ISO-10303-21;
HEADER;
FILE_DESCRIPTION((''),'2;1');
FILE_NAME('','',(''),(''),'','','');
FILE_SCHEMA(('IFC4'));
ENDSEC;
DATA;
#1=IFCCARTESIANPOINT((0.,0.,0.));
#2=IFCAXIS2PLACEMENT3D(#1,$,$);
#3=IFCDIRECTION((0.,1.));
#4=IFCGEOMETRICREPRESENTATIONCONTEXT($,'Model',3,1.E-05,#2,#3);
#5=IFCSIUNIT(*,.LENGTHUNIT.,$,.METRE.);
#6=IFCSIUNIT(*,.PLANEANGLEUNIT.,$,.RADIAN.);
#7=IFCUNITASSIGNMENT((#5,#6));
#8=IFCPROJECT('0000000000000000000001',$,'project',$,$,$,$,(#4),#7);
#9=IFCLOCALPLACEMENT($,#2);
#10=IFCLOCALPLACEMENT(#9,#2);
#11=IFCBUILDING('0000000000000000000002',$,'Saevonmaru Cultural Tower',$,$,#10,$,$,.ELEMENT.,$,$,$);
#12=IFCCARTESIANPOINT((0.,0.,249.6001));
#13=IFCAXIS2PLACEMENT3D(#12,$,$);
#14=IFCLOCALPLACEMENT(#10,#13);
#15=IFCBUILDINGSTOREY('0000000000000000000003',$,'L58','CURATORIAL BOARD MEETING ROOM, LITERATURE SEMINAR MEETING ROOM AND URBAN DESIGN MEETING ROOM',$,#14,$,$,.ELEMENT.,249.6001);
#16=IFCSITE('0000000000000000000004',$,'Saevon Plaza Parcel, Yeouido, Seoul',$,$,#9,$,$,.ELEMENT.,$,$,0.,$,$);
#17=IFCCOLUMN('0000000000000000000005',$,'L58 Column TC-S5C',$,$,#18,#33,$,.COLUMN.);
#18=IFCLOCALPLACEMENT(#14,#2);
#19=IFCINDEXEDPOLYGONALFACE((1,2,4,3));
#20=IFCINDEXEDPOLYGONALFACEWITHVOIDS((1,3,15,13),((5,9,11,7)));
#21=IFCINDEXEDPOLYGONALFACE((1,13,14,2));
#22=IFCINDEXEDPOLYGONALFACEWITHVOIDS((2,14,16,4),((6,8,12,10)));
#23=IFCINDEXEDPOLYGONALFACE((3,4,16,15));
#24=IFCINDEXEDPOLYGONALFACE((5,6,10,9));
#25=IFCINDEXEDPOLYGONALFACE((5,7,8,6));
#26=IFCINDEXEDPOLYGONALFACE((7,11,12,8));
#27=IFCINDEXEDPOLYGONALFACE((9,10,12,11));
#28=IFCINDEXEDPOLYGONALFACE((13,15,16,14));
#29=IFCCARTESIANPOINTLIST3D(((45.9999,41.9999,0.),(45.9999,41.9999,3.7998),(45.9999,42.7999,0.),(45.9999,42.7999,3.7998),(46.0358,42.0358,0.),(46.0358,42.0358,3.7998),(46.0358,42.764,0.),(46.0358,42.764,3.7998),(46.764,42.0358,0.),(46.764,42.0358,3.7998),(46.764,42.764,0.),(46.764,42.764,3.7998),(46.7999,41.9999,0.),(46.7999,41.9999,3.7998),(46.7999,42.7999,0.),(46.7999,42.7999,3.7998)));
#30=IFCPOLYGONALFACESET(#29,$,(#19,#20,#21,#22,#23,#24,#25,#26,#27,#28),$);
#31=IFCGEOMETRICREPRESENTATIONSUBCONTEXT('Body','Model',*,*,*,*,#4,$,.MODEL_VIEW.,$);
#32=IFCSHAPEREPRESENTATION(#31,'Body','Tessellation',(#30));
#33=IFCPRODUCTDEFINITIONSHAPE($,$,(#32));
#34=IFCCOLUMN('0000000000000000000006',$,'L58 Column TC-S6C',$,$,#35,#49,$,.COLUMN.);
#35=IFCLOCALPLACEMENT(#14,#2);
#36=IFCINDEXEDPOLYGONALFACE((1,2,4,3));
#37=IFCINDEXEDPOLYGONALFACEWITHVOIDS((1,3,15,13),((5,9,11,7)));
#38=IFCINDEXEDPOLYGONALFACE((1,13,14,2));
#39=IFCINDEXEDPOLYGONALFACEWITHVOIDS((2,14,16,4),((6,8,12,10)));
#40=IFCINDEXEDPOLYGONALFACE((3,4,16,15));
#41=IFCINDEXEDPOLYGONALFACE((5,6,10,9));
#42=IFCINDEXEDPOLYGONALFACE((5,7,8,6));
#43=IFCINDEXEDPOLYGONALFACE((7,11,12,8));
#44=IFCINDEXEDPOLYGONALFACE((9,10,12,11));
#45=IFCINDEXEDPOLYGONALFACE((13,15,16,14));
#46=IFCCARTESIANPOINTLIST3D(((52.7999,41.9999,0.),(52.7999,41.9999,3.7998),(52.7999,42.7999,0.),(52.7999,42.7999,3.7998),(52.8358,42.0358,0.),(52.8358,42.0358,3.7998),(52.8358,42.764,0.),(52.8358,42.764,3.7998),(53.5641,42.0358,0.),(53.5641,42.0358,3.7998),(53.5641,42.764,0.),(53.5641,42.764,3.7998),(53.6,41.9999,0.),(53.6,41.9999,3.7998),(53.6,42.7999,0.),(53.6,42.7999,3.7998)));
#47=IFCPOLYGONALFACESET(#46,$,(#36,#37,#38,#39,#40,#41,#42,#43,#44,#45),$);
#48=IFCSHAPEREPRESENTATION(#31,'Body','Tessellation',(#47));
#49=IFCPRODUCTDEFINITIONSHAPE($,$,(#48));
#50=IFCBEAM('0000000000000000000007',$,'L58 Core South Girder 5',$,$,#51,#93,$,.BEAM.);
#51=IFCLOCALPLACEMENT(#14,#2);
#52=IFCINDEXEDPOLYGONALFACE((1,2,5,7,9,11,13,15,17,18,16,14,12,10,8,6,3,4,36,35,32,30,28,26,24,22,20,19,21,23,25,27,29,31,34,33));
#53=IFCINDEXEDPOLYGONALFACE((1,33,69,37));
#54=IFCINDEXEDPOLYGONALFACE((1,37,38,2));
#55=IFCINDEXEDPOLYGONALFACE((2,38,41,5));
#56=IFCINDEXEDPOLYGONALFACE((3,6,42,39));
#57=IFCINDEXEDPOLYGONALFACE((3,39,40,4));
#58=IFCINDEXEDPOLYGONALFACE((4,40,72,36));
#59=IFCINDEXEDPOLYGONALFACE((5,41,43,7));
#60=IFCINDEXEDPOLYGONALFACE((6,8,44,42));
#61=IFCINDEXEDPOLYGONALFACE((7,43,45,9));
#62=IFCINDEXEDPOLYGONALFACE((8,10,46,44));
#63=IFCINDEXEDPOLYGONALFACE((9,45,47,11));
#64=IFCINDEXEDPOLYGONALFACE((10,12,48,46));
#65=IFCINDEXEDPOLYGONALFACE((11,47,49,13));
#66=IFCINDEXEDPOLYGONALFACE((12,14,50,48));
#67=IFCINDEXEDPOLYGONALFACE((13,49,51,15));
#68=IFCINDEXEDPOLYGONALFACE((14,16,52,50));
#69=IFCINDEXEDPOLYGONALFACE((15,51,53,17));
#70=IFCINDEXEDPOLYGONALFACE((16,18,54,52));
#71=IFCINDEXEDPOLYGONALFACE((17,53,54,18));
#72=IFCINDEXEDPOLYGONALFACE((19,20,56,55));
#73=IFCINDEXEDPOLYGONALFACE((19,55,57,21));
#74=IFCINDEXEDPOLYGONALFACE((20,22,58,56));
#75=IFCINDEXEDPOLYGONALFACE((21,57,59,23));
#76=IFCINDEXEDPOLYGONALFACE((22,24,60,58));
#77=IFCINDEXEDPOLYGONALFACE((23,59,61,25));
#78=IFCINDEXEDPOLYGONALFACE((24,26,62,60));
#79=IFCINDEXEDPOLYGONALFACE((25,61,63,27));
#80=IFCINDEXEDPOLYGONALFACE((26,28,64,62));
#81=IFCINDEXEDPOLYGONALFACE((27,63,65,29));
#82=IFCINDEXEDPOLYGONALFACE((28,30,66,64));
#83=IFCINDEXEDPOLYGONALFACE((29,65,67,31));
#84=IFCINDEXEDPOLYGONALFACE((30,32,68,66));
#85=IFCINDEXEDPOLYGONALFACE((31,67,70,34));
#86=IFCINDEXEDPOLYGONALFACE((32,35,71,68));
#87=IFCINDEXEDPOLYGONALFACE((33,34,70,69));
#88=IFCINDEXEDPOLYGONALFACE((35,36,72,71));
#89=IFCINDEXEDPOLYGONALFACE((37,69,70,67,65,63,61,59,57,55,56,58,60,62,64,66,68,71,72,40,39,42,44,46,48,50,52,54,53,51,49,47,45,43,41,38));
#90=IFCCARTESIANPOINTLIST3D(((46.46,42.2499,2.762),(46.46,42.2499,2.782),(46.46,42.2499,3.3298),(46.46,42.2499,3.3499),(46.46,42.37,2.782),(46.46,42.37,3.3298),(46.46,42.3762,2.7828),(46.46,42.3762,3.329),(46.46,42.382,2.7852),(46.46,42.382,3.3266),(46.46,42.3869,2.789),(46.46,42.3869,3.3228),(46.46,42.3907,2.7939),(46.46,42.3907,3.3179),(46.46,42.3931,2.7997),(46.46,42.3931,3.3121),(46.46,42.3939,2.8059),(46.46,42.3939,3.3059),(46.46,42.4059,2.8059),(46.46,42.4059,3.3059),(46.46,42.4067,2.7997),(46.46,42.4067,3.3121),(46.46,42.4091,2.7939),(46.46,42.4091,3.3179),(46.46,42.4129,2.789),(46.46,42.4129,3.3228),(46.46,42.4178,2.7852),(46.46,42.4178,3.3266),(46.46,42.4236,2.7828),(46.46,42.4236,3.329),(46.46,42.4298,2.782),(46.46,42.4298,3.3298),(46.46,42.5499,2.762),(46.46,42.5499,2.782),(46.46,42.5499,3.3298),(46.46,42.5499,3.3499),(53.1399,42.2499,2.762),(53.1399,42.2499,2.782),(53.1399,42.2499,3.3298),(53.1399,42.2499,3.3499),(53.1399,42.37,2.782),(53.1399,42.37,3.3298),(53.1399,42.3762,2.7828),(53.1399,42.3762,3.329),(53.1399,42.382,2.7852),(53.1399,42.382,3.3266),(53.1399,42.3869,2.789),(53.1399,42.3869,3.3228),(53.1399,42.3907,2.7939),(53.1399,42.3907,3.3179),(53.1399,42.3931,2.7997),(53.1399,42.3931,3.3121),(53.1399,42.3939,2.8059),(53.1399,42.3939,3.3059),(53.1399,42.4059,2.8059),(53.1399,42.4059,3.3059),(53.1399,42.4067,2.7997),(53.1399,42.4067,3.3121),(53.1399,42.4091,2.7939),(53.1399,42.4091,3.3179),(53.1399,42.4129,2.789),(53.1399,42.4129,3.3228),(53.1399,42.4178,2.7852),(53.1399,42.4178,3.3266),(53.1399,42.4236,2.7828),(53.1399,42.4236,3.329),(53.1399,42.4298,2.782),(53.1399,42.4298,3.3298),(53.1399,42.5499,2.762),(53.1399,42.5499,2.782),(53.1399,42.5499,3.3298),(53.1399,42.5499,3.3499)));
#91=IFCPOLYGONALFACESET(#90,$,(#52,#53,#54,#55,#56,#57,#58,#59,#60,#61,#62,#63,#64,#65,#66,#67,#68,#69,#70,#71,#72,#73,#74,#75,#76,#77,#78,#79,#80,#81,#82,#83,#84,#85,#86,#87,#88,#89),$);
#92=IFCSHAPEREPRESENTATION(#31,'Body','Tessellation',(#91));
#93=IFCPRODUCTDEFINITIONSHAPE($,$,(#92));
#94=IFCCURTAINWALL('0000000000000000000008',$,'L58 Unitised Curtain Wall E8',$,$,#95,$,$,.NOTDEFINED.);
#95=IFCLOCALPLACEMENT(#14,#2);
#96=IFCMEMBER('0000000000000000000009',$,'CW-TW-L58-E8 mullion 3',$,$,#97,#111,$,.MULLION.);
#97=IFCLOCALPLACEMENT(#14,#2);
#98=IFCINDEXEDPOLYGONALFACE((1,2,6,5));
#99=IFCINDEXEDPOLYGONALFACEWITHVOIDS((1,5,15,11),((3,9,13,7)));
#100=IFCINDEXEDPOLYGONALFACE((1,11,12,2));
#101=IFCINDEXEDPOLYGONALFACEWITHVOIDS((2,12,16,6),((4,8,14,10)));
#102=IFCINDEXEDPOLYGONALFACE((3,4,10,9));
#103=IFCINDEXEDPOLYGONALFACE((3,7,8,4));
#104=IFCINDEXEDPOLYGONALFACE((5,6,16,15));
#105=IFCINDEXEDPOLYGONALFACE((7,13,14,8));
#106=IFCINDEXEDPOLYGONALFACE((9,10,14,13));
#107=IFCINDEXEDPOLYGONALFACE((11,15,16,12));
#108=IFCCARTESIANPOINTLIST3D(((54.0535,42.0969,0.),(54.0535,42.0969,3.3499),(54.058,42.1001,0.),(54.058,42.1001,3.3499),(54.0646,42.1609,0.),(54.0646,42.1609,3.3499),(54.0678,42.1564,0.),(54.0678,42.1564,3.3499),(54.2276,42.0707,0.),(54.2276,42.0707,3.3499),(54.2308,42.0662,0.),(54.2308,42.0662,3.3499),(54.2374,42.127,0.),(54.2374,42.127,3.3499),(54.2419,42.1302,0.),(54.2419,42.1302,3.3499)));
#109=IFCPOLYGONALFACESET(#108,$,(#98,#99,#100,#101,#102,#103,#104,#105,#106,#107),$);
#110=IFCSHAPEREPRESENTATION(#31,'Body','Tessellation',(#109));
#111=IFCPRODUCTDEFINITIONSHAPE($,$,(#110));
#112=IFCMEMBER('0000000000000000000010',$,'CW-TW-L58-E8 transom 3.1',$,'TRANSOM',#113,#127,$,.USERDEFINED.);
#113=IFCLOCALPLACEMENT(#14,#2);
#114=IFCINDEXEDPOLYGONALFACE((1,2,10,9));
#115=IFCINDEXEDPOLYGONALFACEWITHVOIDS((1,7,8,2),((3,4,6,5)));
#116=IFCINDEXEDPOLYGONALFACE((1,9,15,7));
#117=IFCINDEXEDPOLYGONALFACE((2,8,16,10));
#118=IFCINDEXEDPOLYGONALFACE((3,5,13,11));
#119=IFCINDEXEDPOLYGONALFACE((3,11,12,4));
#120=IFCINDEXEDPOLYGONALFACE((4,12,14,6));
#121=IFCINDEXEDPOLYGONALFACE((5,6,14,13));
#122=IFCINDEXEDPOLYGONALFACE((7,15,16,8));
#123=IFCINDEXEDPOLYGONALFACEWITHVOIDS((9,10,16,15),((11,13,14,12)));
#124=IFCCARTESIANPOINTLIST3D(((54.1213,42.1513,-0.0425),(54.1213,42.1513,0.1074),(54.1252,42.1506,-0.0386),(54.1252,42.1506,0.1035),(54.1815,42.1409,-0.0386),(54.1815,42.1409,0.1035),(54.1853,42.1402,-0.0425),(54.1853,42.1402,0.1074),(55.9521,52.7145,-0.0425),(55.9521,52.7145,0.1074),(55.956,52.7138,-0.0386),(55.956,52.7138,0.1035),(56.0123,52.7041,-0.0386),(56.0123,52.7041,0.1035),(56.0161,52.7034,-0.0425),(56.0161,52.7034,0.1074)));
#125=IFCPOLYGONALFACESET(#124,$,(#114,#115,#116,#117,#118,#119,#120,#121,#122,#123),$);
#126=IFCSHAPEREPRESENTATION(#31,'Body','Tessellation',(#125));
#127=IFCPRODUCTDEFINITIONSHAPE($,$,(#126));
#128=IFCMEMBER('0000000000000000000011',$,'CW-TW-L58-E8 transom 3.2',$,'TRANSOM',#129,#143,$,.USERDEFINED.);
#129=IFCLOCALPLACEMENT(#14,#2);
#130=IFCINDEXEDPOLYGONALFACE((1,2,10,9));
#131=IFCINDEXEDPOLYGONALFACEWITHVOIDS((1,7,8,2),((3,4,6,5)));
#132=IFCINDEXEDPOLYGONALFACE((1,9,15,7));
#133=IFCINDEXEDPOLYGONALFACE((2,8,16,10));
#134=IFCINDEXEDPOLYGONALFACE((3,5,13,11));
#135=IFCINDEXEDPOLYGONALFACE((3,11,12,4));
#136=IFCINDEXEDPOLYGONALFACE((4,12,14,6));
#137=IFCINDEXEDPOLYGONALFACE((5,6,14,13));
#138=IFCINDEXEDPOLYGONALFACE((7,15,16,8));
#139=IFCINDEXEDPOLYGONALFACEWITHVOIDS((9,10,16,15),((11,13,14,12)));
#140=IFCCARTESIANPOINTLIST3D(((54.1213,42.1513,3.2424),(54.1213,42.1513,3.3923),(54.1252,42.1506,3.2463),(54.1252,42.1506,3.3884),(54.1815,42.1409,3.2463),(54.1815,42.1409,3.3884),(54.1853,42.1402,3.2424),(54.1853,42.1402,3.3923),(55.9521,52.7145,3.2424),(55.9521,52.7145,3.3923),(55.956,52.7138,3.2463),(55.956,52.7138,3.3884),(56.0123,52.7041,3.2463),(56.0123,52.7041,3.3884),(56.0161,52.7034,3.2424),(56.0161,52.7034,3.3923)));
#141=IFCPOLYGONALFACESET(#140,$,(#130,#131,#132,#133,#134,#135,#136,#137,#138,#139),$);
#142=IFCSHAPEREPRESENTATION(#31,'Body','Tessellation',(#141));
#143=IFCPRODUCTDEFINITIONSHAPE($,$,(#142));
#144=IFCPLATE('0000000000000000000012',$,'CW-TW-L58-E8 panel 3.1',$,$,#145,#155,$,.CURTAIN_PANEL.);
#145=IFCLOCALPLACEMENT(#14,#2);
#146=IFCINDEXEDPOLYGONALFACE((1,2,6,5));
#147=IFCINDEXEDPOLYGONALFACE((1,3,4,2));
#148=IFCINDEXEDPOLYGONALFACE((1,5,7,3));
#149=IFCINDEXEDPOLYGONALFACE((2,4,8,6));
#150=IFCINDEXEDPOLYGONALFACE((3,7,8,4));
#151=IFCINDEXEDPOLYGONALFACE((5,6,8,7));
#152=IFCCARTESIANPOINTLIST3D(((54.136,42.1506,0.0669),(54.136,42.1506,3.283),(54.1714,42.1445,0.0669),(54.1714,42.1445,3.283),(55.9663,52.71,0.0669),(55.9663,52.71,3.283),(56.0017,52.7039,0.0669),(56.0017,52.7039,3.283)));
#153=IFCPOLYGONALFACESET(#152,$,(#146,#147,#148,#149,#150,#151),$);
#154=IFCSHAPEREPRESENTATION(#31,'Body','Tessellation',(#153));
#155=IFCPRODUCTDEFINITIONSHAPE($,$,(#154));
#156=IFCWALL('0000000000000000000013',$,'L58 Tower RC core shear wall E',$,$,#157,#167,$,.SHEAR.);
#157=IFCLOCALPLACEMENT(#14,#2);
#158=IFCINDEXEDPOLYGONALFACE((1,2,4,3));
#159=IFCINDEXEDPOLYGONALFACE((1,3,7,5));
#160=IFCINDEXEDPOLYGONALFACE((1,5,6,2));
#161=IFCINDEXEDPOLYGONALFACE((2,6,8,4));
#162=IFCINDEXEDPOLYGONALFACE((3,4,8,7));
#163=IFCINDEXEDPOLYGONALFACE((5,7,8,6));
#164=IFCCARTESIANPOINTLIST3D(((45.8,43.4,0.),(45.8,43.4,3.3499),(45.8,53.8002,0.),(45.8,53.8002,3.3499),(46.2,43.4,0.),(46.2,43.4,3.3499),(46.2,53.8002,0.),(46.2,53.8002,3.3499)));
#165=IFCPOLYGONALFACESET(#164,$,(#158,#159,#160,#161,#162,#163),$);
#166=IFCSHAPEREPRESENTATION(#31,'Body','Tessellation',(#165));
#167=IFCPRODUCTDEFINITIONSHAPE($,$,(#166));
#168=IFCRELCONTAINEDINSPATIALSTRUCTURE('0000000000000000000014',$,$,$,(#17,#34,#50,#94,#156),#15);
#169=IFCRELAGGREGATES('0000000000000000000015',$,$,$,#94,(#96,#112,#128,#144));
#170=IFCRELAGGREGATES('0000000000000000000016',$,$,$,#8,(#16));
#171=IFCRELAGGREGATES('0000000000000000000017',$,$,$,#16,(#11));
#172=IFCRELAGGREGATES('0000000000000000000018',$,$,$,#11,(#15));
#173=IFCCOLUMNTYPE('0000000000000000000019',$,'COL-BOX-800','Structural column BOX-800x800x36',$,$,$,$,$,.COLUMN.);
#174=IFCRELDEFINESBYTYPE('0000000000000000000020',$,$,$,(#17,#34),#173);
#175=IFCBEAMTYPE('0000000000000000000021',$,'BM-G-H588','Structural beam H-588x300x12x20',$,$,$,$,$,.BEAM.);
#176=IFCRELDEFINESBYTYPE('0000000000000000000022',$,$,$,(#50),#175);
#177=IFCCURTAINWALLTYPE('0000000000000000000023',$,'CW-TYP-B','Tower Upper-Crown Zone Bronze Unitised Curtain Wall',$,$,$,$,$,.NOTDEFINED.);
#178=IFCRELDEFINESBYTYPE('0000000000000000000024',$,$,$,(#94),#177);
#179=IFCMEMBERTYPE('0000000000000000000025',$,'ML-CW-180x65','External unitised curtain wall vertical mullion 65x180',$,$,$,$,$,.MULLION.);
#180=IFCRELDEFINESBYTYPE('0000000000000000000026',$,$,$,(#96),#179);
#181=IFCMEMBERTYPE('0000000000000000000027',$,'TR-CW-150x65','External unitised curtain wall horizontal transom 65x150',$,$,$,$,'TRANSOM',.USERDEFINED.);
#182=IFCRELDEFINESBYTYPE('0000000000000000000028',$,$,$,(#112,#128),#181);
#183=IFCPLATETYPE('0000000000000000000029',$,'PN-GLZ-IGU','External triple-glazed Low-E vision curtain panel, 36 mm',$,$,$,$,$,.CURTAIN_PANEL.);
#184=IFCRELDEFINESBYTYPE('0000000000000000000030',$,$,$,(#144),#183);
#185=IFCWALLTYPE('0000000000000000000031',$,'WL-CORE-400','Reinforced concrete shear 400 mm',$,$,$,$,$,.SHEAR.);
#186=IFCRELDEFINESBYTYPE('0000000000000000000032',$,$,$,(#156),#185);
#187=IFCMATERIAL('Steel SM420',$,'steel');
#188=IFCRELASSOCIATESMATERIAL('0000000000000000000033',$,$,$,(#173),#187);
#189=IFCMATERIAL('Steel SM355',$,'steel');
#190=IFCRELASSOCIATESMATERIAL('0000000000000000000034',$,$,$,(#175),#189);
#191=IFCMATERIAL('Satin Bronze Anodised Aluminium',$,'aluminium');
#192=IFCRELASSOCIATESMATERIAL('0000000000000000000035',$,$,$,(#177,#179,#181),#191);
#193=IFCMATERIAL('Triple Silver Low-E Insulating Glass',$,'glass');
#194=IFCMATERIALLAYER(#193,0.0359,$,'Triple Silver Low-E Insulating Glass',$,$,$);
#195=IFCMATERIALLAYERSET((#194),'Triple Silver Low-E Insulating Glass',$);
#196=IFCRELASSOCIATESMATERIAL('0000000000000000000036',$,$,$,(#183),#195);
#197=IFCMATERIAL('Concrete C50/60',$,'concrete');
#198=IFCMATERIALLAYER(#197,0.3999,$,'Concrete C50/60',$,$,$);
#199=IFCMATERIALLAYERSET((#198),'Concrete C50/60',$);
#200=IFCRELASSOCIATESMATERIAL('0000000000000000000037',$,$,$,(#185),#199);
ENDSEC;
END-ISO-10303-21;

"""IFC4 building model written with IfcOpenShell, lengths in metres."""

from ifc_helpers import new_model, si_unit, direction, frame, frame_2d, origin, origin_2d, place, context, subcontext, project, spatial, rectangle, hollow_rectangle, i_section, extrude, material, layer, layer_set, material_profile, profile_set, type_object, element, aggregate, save


model = new_model("IFC4")

# Units and contexts
model_context = context("Model", 3, precision=1e-05, world=origin(), true_north=direction((0.0, 1.0)))
body_context = subcontext(model_context, "Body", "Model", "MODEL_VIEW")
ifc_project = project(units=[si_unit("LENGTHUNIT", "METRE"), si_unit("PLANEANGLEUNIT", "RADIAN")], contexts=[model_context])

# Site, building, storey
site_placement = place(None, origin())
site = spatial("IfcSite", under=ifc_project, at=site_placement, Name="Saevon Plaza Parcel, Yeouido, Seoul", CompositionType="ELEMENT", RefElevation=0.0)
building_placement = place(site_placement, origin())
building = spatial("IfcBuilding", under=site, at=building_placement, Name="Saevonmaru Cultural Tower", CompositionType="ELEMENT")
storey_placement = place(building_placement, frame((0.0, 0.0, 249.6001)))
storey = spatial("IfcBuildingStorey", under=building, at=storey_placement, Name="L58", Description="CURATORIAL BOARD MEETING ROOM, LITERATURE SEMINAR MEETING ROOM AND URBAN DESIGN MEETING ROOM", CompositionType="ELEMENT", Elevation=249.6001)

# Columns
ifc_material_1 = material(Name="Steel SM420", Category="steel")
ifc_material_profile_1 = material_profile(ifc_material_1, hollow_rectangle(XDim=0.8, YDim=0.8, WallThickness=0.0359, at=origin_2d()), Name="BOX-800x800x36")
ifc_profile_set_1 = profile_set([ifc_material_profile_1], Name="Steel SM420")
column_type = type_object("IfcColumnType", Name="COL-BOX-800", Description="Structural column BOX-800x800x36", PredefinedType="COLUMN", material=ifc_profile_set_1)
for number, where, z_axis, x_axis, name in (
    (1, (46.3999, 42.3999, 0.0), (0.0, 0.0, 1.0), (1.0, 0.0, 0.0), "L58 Column TC-S5C"),
    (2, (53.2, 42.3999, 0.0), (0.0, 0.0, 1.0), (1.0, 0.0, 0.0), "L58 Column TC-S6C"),
):
    element("IfcColumn", number, at=place(storey_placement, frame(where, z_axis=z_axis, x_axis=x_axis)), inside=storey, type_object=column_type, Name=name, PredefinedType="COLUMN", context=body_context, shape_type="SweptSolid", body=[
        extrude(hollow_rectangle(XDim=0.8, YDim=0.8, WallThickness=0.0359, at=origin_2d()), origin(), (0.0, 0.0, 1.0), 3.7998),
    ])

# Beam
ifc_material_2 = material(Name="Steel SM355", Category="steel")
ifc_material_profile_2 = material_profile(ifc_material_2, i_section(OverallWidth=0.3, OverallDepth=0.5879, WebThickness=0.012, FlangeThickness=0.02, FilletRadius=0.0239, at=origin_2d()), Name="H-588x300x12x20")
ifc_profile_set_2 = profile_set([ifc_material_profile_2], Name="Steel SM355")
beam_type = type_object("IfcBeamType", Name="BM-G-H588", Description="Structural beam H-588x300x12x20", PredefinedType="BEAM", material=ifc_profile_set_2)
beam_placement = place(storey_placement, frame((46.46, 42.3999, 3.0559), z_axis=(1.0, 0.0, 0.0), x_axis=(0.0, 1.0, 0.0)))
element("IfcBeam", 3, at=beam_placement, inside=storey, type_object=beam_type, Name="L58 Core South Girder 5", PredefinedType="BEAM", context=body_context, shape_type="SweptSolid", body=[
    extrude(i_section(OverallWidth=0.3, OverallDepth=0.5879, WebThickness=0.012, FlangeThickness=0.02, FilletRadius=0.0239, at=origin_2d()), origin(), (0.0, 0.0, 1.0), 6.6799),
])

# Curtain wall, members, plate
ifc_material_3 = material(Name="Satin Bronze Anodised Aluminium", Category="aluminium")
curtain_wall_type = type_object("IfcCurtainWallType", Name="CW-TYP-B", Description="Tower Upper-Crown Zone Bronze Unitised Curtain Wall", PredefinedType="NOTDEFINED", material=ifc_material_3)
curtain_wall_placement = place(storey_placement, origin())
curtain_wall = element("IfcCurtainWall", 4, at=curtain_wall_placement, inside=storey, type_object=curtain_wall_type, Name="L58 Unitised Curtain Wall E8", PredefinedType="NOTDEFINED")
ifc_material_profile_3 = material_profile(ifc_material_3, hollow_rectangle(XDim=0.0649, YDim=0.1799, WallThickness=0.0039, at=origin_2d()), Name="ALU-MULL-180x65x4")
ifc_profile_set_3 = profile_set([ifc_material_profile_3], Name="Satin Bronze Anodised Aluminium")
member_type_1 = type_object("IfcMemberType", Name="ML-CW-180x65", Description="External unitised curtain wall vertical mullion 65x180", PredefinedType="MULLION", material=ifc_profile_set_3)
member_1_placement = place(storey_placement, frame((54.1477, 42.1135, 0.0), z_axis=(0.0, 0.0, 1.0), x_axis=(0.17079, 0.985307, 0.0)))
member_1 = element("IfcMember", 5, at=member_1_placement, type_object=member_type_1, Name="CW-TW-L58-E8 mullion 3", PredefinedType="MULLION", context=body_context, shape_type="SweptSolid", body=[
    extrude(hollow_rectangle(XDim=0.0649, YDim=0.1799, WallThickness=0.0039, at=origin_2d()), origin(), (0.0, 0.0, 1.0), 3.3499),
])
ifc_material_profile_4 = material_profile(ifc_material_3, hollow_rectangle(XDim=0.0649, YDim=0.1499, WallThickness=0.0039, at=origin_2d()), Name="ALU-TRAN-150x65x4")
ifc_profile_set_4 = profile_set([ifc_material_profile_4], Name="Satin Bronze Anodised Aluminium")
member_type_2 = type_object("IfcMemberType", Name="TR-CW-150x65", Description="External unitised curtain wall horizontal transom 65x150", ElementType="TRANSOM", PredefinedType="USERDEFINED", material=ifc_profile_set_4)
member_2_placement = place(storey_placement, frame((54.1533, 42.1458, 0.0325), z_axis=(0.170773, 0.98531, 0.0), x_axis=(-0.98531, 0.170773, 0.0)))
member_2 = element("IfcMember", 6, at=member_2_placement, type_object=member_type_2, Name="CW-TW-L58-E8 transom 3.1", ObjectType="TRANSOM", PredefinedType="USERDEFINED", context=body_context, shape_type="SweptSolid", body=[
    extrude(hollow_rectangle(XDim=0.0649, YDim=0.1499, WallThickness=0.0039, at=origin_2d()), origin(), (0.0, 0.0, 1.0), 10.7207),
])
member_3_placement = place(storey_placement, frame((54.1533, 42.1458, 3.3174), z_axis=(0.170773, 0.98531, 0.0), x_axis=(-0.98531, 0.170773, 0.0)))
member_3 = element("IfcMember", 7, at=member_3_placement, type_object=member_type_2, Name="CW-TW-L58-E8 transom 3.2", ObjectType="TRANSOM", PredefinedType="USERDEFINED", context=body_context, shape_type="SweptSolid", body=[
    extrude(hollow_rectangle(XDim=0.0649, YDim=0.1499, WallThickness=0.0039, at=origin_2d()), origin(), (0.0, 0.0, 1.0), 10.7207),
])
ifc_material_4 = material(Name="Triple Silver Low-E Insulating Glass", Category="glass")
ifc_layer_1 = layer(ifc_material_4, 0.0359, Name="Triple Silver Low-E Insulating Glass")
ifc_layer_set_1 = layer_set([ifc_layer_1], Name="Triple Silver Low-E Insulating Glass")
plate_type = type_object("IfcPlateType", Name="PN-GLZ-IGU", Description="External triple-glazed Low-E vision curtain panel, 36 mm", PredefinedType="CURTAIN_PANEL", material=ifc_layer_set_1)
plate_placement = place(storey_placement, frame((55.0688, 47.4272, 0.0669), z_axis=(0.0, 0.0, 1.0), x_axis=(0.17079, 0.985307, 0.0)))
plate = element("IfcPlate", 8, at=plate_placement, type_object=plate_type, Name="CW-TW-L58-E8 panel 3.1", PredefinedType="CURTAIN_PANEL", context=body_context, shape_type="SweptSolid", body=[
    extrude(rectangle(XDim=10.7168, YDim=0.0359, at=origin_2d()), origin(), (0.0, 0.0, 1.0), 3.2161),
])
aggregate(curtain_wall, [member_1, member_2, member_3, plate])

# Wall
ifc_material_5 = material(Name="Concrete C50/60", Category="concrete")
ifc_layer_2 = layer(ifc_material_5, 0.3999, Name="Concrete C50/60")
ifc_layer_set_2 = layer_set([ifc_layer_2], Name="Concrete C50/60")
wall_type_1 = type_object("IfcWallType", Name="WL-CORE-400", Description="Reinforced concrete shear 400 mm", PredefinedType="SHEAR", material=ifc_layer_set_2)
wall_1_placement = place(storey_placement, frame((46.0, 43.3999, 0.0), z_axis=(0.0, 0.0, 1.0), x_axis=(0.0, 1.0, 0.0)))
element("IfcWall", 9, at=wall_1_placement, inside=storey, type_object=wall_type_1, Name="L58 Tower RC core shear wall E", PredefinedType="SHEAR", context=body_context, shape_type="SweptSolid", body=[
    extrude(rectangle(XDim=10.4001, YDim=0.3999, at=frame_2d((5.2002, 0.0))), origin(), (0.0, 0.0, 1.0), 3.3499),
])

save(model, "model.ifc")
